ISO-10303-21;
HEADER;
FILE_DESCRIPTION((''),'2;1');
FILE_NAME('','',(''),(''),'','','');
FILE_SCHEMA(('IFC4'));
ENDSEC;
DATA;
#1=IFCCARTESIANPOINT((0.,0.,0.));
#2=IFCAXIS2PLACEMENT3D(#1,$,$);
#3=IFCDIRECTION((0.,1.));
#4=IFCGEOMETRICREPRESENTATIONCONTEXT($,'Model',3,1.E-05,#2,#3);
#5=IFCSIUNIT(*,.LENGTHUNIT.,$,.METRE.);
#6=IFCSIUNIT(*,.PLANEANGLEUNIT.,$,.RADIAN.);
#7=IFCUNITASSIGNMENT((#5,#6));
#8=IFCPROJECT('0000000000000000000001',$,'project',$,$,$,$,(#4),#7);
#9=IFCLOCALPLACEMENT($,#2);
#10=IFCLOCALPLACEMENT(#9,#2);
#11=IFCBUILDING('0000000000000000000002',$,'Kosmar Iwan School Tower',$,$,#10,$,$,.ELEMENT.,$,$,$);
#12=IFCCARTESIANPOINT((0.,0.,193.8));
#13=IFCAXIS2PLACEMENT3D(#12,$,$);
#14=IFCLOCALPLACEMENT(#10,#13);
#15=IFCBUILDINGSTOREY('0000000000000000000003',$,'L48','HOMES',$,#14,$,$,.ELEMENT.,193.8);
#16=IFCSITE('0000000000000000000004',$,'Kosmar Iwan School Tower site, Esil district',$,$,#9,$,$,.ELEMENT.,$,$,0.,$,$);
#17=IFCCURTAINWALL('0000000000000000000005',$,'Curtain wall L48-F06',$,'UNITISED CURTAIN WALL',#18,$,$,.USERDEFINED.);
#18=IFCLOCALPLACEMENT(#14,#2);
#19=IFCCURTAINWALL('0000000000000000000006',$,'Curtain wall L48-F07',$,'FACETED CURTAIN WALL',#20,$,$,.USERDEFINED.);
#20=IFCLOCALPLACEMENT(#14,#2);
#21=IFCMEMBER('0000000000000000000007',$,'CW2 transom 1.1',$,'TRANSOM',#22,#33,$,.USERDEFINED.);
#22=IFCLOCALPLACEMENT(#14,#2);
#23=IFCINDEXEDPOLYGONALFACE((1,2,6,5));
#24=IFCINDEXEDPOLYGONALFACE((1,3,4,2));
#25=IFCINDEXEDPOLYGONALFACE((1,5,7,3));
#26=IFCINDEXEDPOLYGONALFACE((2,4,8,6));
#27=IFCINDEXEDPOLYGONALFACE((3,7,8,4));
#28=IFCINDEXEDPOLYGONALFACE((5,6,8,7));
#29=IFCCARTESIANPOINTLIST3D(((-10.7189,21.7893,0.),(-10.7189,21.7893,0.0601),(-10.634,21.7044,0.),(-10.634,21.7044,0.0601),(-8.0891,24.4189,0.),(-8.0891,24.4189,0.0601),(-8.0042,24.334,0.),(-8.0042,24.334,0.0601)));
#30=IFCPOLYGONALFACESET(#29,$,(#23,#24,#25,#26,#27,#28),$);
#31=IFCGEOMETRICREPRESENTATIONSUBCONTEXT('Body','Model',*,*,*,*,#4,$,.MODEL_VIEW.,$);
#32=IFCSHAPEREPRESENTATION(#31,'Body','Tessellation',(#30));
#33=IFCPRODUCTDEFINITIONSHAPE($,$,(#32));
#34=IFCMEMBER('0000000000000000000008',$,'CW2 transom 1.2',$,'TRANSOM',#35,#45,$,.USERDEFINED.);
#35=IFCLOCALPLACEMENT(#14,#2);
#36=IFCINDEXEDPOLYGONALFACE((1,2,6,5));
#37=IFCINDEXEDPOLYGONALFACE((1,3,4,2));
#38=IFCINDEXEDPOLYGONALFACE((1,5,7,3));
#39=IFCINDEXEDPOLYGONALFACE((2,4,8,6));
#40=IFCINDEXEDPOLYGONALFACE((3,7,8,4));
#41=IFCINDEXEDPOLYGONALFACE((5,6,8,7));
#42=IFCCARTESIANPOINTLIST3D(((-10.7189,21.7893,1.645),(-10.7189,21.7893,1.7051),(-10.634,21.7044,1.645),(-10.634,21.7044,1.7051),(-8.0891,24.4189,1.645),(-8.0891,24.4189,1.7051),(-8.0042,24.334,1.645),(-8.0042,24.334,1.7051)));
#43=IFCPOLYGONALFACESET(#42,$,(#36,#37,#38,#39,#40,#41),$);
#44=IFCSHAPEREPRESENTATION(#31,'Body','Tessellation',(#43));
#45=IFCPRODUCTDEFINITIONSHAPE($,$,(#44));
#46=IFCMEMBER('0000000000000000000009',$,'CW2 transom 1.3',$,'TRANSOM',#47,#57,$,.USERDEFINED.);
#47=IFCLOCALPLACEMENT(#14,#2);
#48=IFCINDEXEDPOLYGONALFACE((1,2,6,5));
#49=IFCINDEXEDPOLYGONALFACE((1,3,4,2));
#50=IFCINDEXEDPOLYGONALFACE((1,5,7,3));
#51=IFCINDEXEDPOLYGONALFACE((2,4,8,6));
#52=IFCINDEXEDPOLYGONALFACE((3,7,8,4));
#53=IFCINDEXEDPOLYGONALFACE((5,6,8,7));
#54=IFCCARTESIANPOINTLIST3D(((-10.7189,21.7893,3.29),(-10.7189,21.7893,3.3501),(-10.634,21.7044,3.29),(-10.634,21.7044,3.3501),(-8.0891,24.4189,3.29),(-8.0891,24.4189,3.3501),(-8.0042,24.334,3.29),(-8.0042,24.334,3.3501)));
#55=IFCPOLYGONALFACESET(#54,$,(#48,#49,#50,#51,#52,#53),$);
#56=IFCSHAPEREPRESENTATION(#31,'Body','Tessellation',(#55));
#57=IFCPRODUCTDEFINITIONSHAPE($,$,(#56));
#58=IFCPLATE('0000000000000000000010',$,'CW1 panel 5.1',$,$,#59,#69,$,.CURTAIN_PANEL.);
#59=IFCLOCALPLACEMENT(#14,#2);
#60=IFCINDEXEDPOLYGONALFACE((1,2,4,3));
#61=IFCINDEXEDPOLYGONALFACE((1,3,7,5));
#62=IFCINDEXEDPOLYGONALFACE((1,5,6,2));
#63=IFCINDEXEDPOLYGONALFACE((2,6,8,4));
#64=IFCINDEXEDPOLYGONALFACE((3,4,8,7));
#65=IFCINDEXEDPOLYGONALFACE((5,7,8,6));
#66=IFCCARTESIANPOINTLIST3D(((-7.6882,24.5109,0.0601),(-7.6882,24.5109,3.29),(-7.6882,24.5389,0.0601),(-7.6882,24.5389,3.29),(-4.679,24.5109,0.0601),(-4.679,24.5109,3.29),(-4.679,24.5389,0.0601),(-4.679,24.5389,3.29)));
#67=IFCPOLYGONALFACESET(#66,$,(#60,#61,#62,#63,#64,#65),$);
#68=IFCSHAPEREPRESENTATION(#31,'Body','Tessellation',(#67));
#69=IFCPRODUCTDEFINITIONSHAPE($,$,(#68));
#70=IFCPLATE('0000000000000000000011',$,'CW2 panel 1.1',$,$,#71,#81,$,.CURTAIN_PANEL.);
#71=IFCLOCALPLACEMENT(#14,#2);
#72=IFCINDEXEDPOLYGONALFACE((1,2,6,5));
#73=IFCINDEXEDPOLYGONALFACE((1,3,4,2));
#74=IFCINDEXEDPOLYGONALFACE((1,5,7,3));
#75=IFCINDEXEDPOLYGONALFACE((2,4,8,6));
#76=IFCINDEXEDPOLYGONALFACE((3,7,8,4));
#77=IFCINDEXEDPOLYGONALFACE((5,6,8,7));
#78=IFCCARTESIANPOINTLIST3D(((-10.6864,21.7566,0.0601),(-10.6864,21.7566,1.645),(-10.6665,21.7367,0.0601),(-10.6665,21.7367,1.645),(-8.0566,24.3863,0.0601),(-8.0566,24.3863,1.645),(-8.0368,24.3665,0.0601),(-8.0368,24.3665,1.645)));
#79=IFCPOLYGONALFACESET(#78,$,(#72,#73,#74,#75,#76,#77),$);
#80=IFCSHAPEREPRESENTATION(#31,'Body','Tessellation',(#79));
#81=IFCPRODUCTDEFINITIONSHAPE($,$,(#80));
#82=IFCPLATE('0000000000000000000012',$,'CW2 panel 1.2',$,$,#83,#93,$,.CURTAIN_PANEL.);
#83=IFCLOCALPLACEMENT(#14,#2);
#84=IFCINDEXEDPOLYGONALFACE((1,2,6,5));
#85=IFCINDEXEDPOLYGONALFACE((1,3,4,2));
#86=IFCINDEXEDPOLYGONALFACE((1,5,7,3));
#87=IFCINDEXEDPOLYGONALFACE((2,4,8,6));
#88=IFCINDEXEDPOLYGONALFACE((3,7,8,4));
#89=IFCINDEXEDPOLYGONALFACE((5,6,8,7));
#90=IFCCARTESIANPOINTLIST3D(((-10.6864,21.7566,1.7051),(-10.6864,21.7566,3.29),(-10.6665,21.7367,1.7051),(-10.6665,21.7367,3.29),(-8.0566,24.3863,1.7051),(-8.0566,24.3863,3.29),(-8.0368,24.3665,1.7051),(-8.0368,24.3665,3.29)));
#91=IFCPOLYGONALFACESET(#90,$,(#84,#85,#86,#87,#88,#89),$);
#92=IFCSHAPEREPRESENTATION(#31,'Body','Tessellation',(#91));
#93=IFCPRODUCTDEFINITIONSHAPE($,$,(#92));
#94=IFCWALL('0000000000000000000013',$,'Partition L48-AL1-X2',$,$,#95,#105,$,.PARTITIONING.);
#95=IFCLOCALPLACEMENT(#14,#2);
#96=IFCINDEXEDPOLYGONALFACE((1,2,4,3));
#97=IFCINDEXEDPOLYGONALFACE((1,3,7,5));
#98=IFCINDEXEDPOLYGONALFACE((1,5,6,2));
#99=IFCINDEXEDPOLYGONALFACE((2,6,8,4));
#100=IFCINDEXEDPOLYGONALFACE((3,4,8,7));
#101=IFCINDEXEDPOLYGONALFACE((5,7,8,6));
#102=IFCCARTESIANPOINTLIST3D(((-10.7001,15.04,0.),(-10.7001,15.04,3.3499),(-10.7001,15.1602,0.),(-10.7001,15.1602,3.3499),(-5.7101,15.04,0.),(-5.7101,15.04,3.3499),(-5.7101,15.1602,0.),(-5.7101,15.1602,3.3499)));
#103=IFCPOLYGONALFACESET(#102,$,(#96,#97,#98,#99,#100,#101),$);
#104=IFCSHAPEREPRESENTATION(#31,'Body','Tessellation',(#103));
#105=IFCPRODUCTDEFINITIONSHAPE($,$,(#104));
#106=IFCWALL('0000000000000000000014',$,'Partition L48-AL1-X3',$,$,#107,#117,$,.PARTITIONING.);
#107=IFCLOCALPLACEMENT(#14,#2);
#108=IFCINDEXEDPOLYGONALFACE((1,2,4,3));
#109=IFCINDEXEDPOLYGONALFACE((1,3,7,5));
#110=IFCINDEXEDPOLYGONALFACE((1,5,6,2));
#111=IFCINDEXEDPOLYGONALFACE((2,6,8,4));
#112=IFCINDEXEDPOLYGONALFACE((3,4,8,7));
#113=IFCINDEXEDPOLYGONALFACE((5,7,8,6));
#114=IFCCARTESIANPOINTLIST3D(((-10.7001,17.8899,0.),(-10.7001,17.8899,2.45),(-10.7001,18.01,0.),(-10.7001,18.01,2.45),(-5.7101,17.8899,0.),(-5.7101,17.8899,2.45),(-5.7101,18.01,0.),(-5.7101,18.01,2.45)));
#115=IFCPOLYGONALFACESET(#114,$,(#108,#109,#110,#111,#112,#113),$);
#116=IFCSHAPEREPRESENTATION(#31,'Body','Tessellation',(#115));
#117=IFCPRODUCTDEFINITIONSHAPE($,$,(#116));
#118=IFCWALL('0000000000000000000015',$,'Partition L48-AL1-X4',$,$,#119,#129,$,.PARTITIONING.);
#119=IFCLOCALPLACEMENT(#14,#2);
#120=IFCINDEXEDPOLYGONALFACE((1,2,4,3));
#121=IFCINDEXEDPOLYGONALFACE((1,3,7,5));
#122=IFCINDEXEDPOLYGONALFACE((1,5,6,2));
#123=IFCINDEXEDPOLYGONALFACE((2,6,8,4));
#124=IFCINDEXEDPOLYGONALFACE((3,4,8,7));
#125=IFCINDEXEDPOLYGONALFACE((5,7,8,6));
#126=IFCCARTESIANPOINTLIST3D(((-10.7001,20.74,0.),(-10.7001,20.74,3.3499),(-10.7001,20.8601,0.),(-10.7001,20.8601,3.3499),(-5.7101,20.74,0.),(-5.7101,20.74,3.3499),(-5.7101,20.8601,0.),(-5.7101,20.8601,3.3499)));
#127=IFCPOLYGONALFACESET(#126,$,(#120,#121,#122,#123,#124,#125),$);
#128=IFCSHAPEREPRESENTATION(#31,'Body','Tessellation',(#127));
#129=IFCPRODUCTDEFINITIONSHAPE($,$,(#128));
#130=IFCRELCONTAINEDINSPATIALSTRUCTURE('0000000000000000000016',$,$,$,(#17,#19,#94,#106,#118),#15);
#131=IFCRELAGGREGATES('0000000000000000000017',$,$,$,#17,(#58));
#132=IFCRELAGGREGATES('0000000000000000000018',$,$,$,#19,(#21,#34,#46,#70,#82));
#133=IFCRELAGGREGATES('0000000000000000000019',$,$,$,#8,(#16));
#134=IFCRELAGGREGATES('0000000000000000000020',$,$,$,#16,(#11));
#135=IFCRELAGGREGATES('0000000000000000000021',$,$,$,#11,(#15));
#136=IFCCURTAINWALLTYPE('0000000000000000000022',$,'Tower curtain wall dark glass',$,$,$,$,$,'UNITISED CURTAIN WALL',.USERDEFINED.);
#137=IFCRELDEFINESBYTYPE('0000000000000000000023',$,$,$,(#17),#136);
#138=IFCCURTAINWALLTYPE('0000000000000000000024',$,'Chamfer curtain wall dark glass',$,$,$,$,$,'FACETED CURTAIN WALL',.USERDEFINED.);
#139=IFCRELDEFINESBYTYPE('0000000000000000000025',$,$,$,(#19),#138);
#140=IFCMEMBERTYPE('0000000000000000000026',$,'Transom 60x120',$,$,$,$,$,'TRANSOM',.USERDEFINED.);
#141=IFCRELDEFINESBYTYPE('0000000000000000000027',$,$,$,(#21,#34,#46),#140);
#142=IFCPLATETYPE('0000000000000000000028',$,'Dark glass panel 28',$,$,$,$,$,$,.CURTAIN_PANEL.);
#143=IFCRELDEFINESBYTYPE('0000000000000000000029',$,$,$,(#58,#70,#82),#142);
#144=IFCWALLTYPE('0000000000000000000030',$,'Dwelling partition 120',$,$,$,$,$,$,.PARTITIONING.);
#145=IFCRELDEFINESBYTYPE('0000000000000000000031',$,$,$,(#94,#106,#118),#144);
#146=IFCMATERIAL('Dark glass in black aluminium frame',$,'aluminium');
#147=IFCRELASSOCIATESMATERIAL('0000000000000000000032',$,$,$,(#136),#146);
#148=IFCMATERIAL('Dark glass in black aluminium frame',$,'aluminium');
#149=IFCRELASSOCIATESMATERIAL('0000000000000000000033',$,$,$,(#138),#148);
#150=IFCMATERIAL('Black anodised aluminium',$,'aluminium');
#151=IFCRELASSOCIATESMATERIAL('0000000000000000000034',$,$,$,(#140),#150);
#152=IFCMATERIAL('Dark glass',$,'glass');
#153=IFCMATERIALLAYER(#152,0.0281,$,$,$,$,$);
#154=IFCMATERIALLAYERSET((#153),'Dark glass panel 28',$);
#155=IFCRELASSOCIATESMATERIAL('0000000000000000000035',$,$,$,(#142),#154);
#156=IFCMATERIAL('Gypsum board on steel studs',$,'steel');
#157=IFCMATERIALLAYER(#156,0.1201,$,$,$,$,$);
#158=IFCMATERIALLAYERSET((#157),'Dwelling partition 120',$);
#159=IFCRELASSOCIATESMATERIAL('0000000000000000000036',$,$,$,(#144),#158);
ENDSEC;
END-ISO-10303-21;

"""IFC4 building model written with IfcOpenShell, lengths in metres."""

from ifc_helpers import new_model, si_unit, direction, frame, frame_2d, origin, origin_2d, place, context, subcontext, project, spatial, rectangle, extrude, material, layer, layer_set, material_profile, profile_set, type_object, element, aggregate, save


model = new_model("IFC4")

# Units and contexts
model_context = context("Model", 3, precision=1e-05, world=origin(), true_north=direction((0.0, 1.0)))
body_context = subcontext(model_context, "Body", "Model", "MODEL_VIEW")
ifc_project = project(units=[si_unit("LENGTHUNIT", "METRE"), si_unit("PLANEANGLEUNIT", "RADIAN")], contexts=[model_context])

# Site, building, storey
site_placement = place(None, origin())
site = spatial("IfcSite", under=ifc_project, at=site_placement, Name="Kosmar Iwan School Tower site, Esil district", CompositionType="ELEMENT", RefElevation=0.0)
building_placement = place(site_placement, origin())
building = spatial("IfcBuilding", under=site, at=building_placement, Name="Kosmar Iwan School Tower", CompositionType="ELEMENT")
storey_placement = place(building_placement, frame((0.0, 0.0, 193.8)))
storey = spatial("IfcBuildingStorey", under=building, at=storey_placement, Name="L48", Description="HOMES", CompositionType="ELEMENT", Elevation=193.8)

# Curtain walls
ifc_material_1 = material(Name="Dark glass in black aluminium frame", Category="aluminium")
curtain_wall_type_1 = type_object("IfcCurtainWallType", Name="Tower curtain wall dark glass", ElementType="UNITISED CURTAIN WALL", PredefinedType="USERDEFINED", material=ifc_material_1)
curtain_wall_1_placement = place(storey_placement, origin())
curtain_wall_1 = element("IfcCurtainWall", 1, at=curtain_wall_1_placement, inside=storey, type_object=curtain_wall_type_1, Name="Curtain wall L48-F06", ObjectType="UNITISED CURTAIN WALL", PredefinedType="USERDEFINED")
ifc_material_2 = material(Name="Dark glass in black aluminium frame", Category="aluminium")
curtain_wall_type_2 = type_object("IfcCurtainWallType", Name="Chamfer curtain wall dark glass", ElementType="FACETED CURTAIN WALL", PredefinedType="USERDEFINED", material=ifc_material_2)
curtain_wall_2_placement = place(storey_placement, origin())
curtain_wall_2 = element("IfcCurtainWall", 2, at=curtain_wall_2_placement, inside=storey, type_object=curtain_wall_type_2, Name="Curtain wall L48-F07", ObjectType="FACETED CURTAIN WALL", PredefinedType="USERDEFINED")

# Members
ifc_material_3 = material(Name="Black anodised aluminium", Category="aluminium")
ifc_material_profile_1 = material_profile(ifc_material_3, rectangle(XDim=0.1201, YDim=0.0601, at=origin_2d()), Name="TRANSOM 60x120")
ifc_profile_set_1 = profile_set([ifc_material_profile_1], Name="Black anodised aluminium")
member_type_1 = type_object("IfcMemberType", Name="Transom 60x120", ElementType="TRANSOM", PredefinedType="USERDEFINED", material=ifc_profile_set_1)
member_1_placement = place(storey_placement, frame((-8.0466, 24.3765, 0.03), z_axis=(-0.70714, -0.707074, 0.0), x_axis=(0.707074, -0.70714, 0.0)))
member_1 = element("IfcMember", 3, at=member_1_placement, type_object=member_type_1, Name="CW2 transom 1.1", ObjectType="TRANSOM", PredefinedType="USERDEFINED", context=body_context, shape_type="SweptSolid", body=[
    extrude(rectangle(XDim=0.1201, YDim=0.0601, at=origin_2d()), origin(), (0.0, 0.0, 1.0), 3.719),
])
member_2_placement = place(storey_placement, frame((-8.0466, 24.3765, 1.675), z_axis=(-0.70714, -0.707074, 0.0), x_axis=(0.707074, -0.70714, 0.0)))
member_2 = element("IfcMember", 4, at=member_2_placement, type_object=member_type_1, Name="CW2 transom 1.2", ObjectType="TRANSOM", PredefinedType="USERDEFINED", context=body_context, shape_type="SweptSolid", body=[
    extrude(rectangle(XDim=0.1201, YDim=0.0601, at=origin_2d()), origin(), (0.0, 0.0, 1.0), 3.719),
])
member_3_placement = place(storey_placement, frame((-8.0466, 24.3765, 3.3201), z_axis=(-0.70714, -0.707074, 0.0), x_axis=(0.707074, -0.70714, 0.0)))
member_3 = element("IfcMember", 5, at=member_3_placement, type_object=member_type_1, Name="CW2 transom 1.3", ObjectType="TRANSOM", PredefinedType="USERDEFINED", context=body_context, shape_type="SweptSolid", body=[
    extrude(rectangle(XDim=0.1201, YDim=0.0601, at=origin_2d()), origin(), (0.0, 0.0, 1.0), 3.719),
])

# Plates
ifc_material_4 = material(Name="Dark glass", Category="glass")
ifc_layer_1 = layer(ifc_material_4, 0.0281)
ifc_layer_set_1 = layer_set([ifc_layer_1], Name="Dark glass panel 28")
plate_type = type_object("IfcPlateType", Name="Dark glass panel 28", PredefinedType="CURTAIN_PANEL", material=ifc_layer_set_1)
plate_1_placement = place(storey_placement, frame((-6.1836, 24.5249, 0.0601), z_axis=(0.0, 0.0, 1.0), x_axis=(-1.0, 0.0, 0.0)))
plate_1 = element("IfcPlate", 6, at=plate_1_placement, type_object=plate_type, Name="CW1 panel 5.1", PredefinedType="CURTAIN_PANEL", context=body_context, shape_type="SweptSolid", body=[
    extrude(rectangle(XDim=3.0093, YDim=0.0281, at=origin_2d()), origin(), (0.0, 0.0, 1.0), 3.23),
])
aggregate(curtain_wall_1, [plate_1])
plate_2_placement = place(storey_placement, frame((-9.3616, 23.0615, 0.0601), z_axis=(0.0, 0.0, 1.0), x_axis=(-0.707107, -0.707107, 0.0)))
plate_2 = element("IfcPlate", 7, at=plate_2_placement, type_object=plate_type, Name="CW2 panel 1.1", PredefinedType="CURTAIN_PANEL", context=body_context, shape_type="SweptSolid", body=[
    extrude(rectangle(XDim=3.719, YDim=0.0281, at=origin_2d()), origin(), (0.0, 0.0, 1.0), 1.585),
])
plate_3_placement = place(storey_placement, frame((-9.3616, 23.0615, 1.7051), z_axis=(0.0, 0.0, 1.0), x_axis=(-0.707107, -0.707107, 0.0)))
plate_3 = element("IfcPlate", 8, at=plate_3_placement, type_object=plate_type, Name="CW2 panel 1.2", PredefinedType="CURTAIN_PANEL", context=body_context, shape_type="SweptSolid", body=[
    extrude(rectangle(XDim=3.719, YDim=0.0281, at=origin_2d()), origin(), (0.0, 0.0, 1.0), 1.585),
])
aggregate(curtain_wall_2, [member_1, member_2, member_3, plate_2, plate_3])

# Walls
ifc_material_5 = material(Name="Gypsum board on steel studs", Category="steel")
ifc_layer_2 = layer(ifc_material_5, 0.1201)
ifc_layer_set_2 = layer_set([ifc_layer_2], Name="Dwelling partition 120")
wall_type = type_object("IfcWallType", Name="Dwelling partition 120", PredefinedType="PARTITIONING", material=ifc_layer_set_2)
wall_1_placement = place(storey_placement, frame((-5.71, 15.1001, 0.0), z_axis=(0.0, 0.0, 1.0), x_axis=(-1.0, 0.0, 0.0)))
element("IfcWall", 9, at=wall_1_placement, inside=storey, type_object=wall_type, Name="Partition L48-AL1-X2", PredefinedType="PARTITIONING", context=body_context, shape_type="SweptSolid", body=[
    extrude(rectangle(XDim=4.99, YDim=0.1201, at=frame_2d((2.4951, 0.0))), origin(), (0.0, 0.0, 1.0), 3.3499),
])
wall_2_placement = place(storey_placement, frame((-5.71, 17.95, 0.0), z_axis=(0.0, 0.0, 1.0), x_axis=(-1.0, 0.0, 0.0)))
element("IfcWall", 10, at=wall_2_placement, inside=storey, type_object=wall_type, Name="Partition L48-AL1-X3", PredefinedType="PARTITIONING", context=body_context, shape_type="SweptSolid", body=[
    extrude(rectangle(XDim=4.99, YDim=0.1201, at=frame_2d((2.4951, 0.0))), origin(), (0.0, 0.0, 1.0), 2.45),
])
wall_3_placement = place(storey_placement, frame((-5.71, 20.8, 0.0), z_axis=(0.0, 0.0, 1.0), x_axis=(-1.0, 0.0, 0.0)))
element("IfcWall", 11, at=wall_3_placement, inside=storey, type_object=wall_type, Name="Partition L48-AL1-X4", PredefinedType="PARTITIONING", context=body_context, shape_type="SweptSolid", body=[
    extrude(rectangle(XDim=4.99, YDim=0.1201, at=frame_2d((2.4951, 0.0))), origin(), (0.0, 0.0, 1.0), 3.3499),
])

save(model, "model.ifc")
